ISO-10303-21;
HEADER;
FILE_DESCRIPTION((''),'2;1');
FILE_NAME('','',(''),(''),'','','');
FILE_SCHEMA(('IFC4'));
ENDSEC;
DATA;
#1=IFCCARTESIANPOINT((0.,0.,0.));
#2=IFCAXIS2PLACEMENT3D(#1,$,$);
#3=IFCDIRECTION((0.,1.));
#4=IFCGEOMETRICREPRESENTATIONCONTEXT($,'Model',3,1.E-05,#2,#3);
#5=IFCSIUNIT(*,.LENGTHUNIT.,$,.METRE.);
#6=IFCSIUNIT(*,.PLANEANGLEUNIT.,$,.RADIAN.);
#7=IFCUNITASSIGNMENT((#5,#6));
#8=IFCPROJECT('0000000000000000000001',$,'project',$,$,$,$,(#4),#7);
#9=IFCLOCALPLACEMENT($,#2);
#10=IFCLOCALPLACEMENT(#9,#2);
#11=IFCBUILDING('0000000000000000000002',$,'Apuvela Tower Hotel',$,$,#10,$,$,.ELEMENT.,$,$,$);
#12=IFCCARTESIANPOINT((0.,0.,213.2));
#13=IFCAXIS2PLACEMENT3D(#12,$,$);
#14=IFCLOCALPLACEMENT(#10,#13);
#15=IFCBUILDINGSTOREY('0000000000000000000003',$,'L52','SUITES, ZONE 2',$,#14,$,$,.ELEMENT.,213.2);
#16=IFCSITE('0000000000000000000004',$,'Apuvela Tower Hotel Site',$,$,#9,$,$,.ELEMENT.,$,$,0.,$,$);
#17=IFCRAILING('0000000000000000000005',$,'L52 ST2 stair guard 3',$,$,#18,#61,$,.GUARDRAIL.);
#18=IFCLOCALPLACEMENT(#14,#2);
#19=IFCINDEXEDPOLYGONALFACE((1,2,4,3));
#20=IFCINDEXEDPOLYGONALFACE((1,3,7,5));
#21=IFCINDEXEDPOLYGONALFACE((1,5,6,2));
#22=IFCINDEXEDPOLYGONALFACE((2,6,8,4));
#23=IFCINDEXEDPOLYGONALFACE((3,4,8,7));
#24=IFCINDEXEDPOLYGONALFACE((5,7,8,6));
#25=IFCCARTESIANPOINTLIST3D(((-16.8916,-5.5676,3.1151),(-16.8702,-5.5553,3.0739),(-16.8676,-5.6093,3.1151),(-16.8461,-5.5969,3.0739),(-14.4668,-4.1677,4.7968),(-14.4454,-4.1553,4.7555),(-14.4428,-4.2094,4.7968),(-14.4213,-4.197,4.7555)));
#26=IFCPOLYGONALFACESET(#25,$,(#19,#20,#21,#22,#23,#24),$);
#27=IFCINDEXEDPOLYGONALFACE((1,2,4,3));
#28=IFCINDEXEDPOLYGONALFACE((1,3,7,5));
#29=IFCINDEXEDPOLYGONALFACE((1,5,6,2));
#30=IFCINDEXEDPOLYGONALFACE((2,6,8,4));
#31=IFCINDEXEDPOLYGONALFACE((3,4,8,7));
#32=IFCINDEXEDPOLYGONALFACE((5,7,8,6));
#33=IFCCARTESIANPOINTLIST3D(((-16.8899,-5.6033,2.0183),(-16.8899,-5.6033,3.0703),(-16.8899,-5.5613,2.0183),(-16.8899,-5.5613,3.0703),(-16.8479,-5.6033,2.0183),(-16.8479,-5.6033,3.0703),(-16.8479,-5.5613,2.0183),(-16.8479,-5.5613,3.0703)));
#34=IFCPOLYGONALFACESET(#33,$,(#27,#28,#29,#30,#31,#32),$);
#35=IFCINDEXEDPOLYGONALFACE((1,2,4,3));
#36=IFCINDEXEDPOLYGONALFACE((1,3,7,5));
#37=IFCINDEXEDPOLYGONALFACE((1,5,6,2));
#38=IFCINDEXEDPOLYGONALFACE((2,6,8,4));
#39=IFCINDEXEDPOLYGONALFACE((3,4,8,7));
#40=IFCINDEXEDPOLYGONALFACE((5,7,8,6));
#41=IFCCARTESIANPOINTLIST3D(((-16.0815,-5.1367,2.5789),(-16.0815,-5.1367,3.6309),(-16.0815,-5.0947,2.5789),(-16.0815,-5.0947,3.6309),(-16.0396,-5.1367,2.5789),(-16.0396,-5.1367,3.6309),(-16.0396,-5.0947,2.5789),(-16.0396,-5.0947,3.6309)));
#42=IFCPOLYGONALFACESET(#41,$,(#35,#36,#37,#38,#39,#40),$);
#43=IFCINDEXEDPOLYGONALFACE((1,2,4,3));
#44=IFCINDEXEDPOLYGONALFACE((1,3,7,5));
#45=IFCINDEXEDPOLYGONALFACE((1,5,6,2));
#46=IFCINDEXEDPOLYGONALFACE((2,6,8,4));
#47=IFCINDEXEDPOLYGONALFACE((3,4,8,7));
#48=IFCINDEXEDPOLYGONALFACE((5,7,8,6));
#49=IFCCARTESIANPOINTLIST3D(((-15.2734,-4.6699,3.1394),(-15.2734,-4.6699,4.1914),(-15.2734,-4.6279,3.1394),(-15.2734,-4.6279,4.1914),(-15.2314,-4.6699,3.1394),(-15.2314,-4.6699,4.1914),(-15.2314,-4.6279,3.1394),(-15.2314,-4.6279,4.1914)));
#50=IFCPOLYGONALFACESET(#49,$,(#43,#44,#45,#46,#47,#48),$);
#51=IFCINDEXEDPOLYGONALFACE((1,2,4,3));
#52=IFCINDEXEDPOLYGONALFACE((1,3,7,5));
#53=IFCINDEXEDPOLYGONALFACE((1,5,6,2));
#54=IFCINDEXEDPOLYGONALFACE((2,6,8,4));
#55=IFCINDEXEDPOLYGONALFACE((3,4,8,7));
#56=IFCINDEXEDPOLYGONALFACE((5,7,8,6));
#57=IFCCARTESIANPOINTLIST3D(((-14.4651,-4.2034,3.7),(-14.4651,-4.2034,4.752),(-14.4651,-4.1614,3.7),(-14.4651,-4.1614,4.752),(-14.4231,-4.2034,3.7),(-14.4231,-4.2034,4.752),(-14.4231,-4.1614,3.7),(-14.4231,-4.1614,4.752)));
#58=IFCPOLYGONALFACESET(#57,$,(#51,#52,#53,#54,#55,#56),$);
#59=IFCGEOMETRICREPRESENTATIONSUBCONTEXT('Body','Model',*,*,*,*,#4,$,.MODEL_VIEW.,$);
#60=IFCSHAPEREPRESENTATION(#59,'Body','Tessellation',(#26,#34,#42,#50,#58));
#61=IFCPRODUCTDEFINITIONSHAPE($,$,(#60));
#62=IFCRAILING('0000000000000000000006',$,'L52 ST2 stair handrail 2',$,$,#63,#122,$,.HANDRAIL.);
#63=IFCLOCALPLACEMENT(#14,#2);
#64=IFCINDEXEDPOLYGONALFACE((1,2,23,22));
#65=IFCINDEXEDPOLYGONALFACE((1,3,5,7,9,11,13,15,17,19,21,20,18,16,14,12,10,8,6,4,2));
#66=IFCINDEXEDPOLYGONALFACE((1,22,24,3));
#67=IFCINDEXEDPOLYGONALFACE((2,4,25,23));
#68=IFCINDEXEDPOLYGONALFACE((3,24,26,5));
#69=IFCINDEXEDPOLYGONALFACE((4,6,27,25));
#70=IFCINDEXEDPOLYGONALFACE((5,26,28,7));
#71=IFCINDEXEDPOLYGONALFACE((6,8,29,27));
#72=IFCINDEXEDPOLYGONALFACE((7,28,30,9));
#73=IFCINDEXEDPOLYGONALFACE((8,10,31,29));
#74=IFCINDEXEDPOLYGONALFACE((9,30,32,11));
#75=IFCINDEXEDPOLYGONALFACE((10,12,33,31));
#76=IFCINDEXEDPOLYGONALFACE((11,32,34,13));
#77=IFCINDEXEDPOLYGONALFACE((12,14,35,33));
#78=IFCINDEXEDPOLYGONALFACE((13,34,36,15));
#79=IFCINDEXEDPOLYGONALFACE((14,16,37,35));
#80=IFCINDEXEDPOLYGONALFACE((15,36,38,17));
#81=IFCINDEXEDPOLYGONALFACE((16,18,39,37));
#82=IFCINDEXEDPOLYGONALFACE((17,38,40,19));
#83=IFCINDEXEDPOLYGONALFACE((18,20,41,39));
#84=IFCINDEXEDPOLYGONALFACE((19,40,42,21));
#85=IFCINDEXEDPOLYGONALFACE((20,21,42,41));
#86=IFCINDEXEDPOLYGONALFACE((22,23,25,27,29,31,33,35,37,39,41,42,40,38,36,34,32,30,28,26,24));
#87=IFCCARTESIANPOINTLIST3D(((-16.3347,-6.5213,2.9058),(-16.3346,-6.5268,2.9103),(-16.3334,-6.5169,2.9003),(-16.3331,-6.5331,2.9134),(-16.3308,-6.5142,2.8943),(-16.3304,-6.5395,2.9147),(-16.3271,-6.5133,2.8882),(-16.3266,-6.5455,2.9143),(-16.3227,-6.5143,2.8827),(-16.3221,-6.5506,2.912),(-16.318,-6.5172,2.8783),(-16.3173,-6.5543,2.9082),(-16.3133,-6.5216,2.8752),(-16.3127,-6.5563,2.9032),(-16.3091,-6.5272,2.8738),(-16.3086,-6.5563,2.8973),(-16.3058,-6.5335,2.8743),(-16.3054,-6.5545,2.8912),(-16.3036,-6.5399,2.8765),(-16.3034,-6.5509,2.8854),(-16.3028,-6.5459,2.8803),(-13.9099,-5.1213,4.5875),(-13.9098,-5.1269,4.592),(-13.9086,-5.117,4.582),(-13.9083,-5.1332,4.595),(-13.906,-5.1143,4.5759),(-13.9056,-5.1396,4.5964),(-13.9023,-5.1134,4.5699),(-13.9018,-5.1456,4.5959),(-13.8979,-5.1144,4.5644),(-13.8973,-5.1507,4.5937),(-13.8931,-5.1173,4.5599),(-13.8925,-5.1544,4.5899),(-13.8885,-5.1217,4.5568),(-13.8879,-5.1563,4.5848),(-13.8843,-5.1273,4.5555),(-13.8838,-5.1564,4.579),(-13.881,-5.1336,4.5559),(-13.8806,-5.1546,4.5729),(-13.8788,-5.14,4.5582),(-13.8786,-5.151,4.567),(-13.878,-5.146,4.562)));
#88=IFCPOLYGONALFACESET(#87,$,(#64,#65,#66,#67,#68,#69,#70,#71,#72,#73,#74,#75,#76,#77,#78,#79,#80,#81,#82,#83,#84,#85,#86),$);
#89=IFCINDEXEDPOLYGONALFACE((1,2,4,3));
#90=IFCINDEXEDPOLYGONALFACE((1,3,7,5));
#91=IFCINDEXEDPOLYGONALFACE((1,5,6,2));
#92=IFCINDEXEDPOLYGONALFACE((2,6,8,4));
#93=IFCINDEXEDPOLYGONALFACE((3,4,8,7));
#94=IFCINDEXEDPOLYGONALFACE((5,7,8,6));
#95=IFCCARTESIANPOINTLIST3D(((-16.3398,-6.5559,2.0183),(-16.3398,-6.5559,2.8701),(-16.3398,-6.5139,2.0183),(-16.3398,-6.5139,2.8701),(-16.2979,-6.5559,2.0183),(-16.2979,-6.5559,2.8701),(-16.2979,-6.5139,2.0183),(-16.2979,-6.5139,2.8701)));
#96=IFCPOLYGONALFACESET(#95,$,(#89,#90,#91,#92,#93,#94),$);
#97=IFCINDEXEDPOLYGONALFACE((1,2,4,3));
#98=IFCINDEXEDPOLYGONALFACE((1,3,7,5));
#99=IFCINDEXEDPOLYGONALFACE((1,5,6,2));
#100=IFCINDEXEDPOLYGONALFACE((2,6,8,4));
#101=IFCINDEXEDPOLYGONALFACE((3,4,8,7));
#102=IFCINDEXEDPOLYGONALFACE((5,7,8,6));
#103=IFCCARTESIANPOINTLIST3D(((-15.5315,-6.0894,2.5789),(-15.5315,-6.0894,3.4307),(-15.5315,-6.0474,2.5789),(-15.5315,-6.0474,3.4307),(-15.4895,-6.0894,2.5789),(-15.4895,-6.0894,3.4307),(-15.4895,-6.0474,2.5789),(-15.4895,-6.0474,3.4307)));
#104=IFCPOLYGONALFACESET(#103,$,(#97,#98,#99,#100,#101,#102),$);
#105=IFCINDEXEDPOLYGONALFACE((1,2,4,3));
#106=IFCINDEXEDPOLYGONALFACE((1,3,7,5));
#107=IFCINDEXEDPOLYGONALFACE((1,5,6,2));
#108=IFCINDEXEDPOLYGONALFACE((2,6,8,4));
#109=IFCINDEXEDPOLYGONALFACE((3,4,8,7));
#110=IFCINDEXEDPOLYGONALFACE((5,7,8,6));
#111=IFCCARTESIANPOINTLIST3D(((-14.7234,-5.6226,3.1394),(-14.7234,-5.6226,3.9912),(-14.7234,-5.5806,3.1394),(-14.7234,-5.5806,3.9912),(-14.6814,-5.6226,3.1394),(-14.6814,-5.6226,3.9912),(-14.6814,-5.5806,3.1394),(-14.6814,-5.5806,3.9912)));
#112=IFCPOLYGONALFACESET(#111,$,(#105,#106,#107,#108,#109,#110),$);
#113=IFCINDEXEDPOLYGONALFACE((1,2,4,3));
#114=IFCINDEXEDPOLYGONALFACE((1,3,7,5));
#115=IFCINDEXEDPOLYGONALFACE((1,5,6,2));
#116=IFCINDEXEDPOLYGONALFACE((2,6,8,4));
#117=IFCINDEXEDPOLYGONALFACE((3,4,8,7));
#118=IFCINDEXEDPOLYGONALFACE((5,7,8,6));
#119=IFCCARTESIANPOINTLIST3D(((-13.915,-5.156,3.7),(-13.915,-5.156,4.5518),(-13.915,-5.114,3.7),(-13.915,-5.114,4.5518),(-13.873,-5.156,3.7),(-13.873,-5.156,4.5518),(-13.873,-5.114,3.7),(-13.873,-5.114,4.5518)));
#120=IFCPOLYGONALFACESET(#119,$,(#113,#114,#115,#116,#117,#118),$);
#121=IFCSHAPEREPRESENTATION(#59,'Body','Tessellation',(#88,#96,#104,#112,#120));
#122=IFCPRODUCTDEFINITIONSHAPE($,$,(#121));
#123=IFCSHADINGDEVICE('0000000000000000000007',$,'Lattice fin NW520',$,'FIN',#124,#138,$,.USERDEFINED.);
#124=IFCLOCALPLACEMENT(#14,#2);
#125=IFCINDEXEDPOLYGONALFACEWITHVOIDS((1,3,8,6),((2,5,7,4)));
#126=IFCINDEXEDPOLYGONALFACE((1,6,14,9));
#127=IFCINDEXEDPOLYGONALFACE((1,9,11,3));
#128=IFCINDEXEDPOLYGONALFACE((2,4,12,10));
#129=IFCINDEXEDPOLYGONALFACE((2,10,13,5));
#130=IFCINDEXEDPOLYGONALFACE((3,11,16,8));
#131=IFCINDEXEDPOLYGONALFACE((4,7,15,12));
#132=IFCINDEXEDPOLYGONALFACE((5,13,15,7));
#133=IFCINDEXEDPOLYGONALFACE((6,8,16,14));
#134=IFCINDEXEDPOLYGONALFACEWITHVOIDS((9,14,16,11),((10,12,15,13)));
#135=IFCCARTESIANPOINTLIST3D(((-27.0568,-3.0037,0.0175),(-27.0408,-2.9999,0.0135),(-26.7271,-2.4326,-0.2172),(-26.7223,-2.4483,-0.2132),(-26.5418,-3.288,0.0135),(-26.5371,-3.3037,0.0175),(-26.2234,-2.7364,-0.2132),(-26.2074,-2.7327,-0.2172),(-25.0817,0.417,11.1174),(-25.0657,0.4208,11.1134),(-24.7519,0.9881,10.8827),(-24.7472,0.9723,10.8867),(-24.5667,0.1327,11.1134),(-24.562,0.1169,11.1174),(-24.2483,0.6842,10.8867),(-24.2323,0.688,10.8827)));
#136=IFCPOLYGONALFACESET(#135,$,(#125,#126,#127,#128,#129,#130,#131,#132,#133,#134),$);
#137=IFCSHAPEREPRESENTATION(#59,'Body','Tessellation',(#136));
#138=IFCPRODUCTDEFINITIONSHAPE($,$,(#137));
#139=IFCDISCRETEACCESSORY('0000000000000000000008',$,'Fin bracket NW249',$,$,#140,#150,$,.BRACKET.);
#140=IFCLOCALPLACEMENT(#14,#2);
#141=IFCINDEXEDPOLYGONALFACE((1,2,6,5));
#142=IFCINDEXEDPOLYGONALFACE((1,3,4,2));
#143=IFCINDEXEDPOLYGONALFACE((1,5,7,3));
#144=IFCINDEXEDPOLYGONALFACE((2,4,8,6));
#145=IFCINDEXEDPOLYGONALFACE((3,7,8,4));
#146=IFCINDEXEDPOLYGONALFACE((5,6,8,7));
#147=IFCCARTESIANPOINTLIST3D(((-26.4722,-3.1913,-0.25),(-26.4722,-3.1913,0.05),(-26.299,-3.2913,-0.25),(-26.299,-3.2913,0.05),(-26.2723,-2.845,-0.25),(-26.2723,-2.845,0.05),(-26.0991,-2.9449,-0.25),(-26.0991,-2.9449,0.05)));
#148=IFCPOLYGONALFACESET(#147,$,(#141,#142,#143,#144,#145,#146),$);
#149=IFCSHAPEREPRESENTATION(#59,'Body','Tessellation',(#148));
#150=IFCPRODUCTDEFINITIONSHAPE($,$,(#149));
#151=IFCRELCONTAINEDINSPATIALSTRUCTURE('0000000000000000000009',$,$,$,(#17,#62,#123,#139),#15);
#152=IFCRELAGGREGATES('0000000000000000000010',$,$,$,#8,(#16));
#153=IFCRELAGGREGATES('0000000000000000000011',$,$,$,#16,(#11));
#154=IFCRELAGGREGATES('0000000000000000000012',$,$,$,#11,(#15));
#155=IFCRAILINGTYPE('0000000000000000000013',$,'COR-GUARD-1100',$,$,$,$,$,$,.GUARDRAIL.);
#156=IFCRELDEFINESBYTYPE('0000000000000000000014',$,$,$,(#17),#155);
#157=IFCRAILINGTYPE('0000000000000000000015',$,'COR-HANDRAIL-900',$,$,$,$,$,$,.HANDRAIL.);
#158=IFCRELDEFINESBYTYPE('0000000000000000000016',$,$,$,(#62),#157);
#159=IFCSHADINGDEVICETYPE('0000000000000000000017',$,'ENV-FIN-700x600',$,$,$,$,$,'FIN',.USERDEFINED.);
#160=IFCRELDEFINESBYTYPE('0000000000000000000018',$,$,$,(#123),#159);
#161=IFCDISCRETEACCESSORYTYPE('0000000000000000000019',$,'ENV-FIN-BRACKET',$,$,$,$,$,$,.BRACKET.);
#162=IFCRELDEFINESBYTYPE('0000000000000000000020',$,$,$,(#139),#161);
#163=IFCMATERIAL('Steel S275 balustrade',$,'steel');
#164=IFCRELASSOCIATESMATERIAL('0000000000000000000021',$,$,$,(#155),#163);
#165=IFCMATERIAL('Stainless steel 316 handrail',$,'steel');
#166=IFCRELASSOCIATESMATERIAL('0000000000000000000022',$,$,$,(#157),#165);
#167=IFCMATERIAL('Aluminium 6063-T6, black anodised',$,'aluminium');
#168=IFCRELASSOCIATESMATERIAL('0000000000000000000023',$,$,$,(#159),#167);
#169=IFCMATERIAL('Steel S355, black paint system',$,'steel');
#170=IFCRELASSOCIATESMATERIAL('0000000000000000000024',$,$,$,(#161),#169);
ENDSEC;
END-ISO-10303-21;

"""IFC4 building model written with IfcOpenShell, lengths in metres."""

from ifc_helpers import new_model, si_unit, direction, frame, origin, origin_2d, place, context, subcontext, project, spatial, rectangle, hollow_rectangle, circle, extrude, material, material_profile, profile_set, type_object, element, save


model = new_model("IFC4")

# Units and contexts
model_context = context("Model", 3, precision=1e-05, world=origin(), true_north=direction((0.0, 1.0)))
body_context = subcontext(model_context, "Body", "Model", "MODEL_VIEW")
ifc_project = project(units=[si_unit("LENGTHUNIT", "METRE"), si_unit("PLANEANGLEUNIT", "RADIAN")], contexts=[model_context])

# Site, building, storey
site_placement = place(None, origin())
site = spatial("IfcSite", under=ifc_project, at=site_placement, Name="Apuvela Tower Hotel Site", CompositionType="ELEMENT", RefElevation=0.0)
building_placement = place(site_placement, origin())
building = spatial("IfcBuilding", under=site, at=building_placement, Name="Apuvela Tower Hotel", CompositionType="ELEMENT")
storey_placement = place(building_placement, frame((0.0, 0.0, 213.2)))
storey = spatial("IfcBuildingStorey", under=building, at=storey_placement, Name="L52", Description="SUITES, ZONE 2", CompositionType="ELEMENT", Elevation=213.2)

# Railings
ifc_material_1 = material(Name="Steel S275 balustrade", Category="steel")
railing_type_1 = type_object("IfcRailingType", Name="COR-GUARD-1100", PredefinedType="GUARDRAIL", material=ifc_material_1)
railing_1_placement = place(storey_placement, frame((-16.8689, -5.5823, 2.0183)))
element("IfcRailing", 1, at=railing_1_placement, inside=storey, type_object=railing_type_1, Name="L52 ST2 stair guard 3", PredefinedType="GUARDRAIL", context=body_context, shape_type="SweptSolid", body=[
    extrude(rectangle(XDim=0.0481, YDim=0.0481, at=origin_2d()), frame((0.0, 0.0, 1.0762), z_axis=(0.742419, 0.428618, 0.514879), x_axis=(-0.499984, 0.866035, 0.0)), (0.0, 0.0, 1.0), 3.2661),
    extrude(rectangle(XDim=0.042, YDim=0.042, at=origin_2d()), origin(), (0.0, 0.0, 1.0), 1.052),
    extrude(rectangle(XDim=0.042, YDim=0.042, at=origin_2d()), frame((0.8083, 0.4666, 0.5605)), (0.0, 0.0, 1.0), 1.052),
    extrude(rectangle(XDim=0.042, YDim=0.042, at=origin_2d()), frame((1.6165, 0.9333, 1.1211)), (0.0, 0.0, 1.0), 1.052),
    extrude(rectangle(XDim=0.042, YDim=0.042, at=origin_2d()), frame((2.4248, 1.3999, 1.6816)), (0.0, 0.0, 1.0), 1.052),
])
ifc_material_2 = material(Name="Stainless steel 316 handrail", Category="steel")
railing_type_2 = type_object("IfcRailingType", Name="COR-HANDRAIL-900", PredefinedType="HANDRAIL", material=ifc_material_2)
railing_2_placement = place(storey_placement, frame((-16.3188, -6.5349, 2.0183)))
element("IfcRailing", 2, at=railing_2_placement, inside=storey, type_object=railing_type_2, Name="L52 ST2 stair handrail 2", PredefinedType="HANDRAIL", context=body_context, shape_type="SweptSolid", body=[
    extrude(circle(Radius=0.0239, at=origin_2d()), frame((0.0, 0.0, 0.876), z_axis=(0.742419, 0.428618, 0.514879), x_axis=(-0.499984, 0.866035, 0.0)), (0.0, 0.0, 1.0), 3.2661),
    extrude(rectangle(XDim=0.042, YDim=0.042, at=origin_2d()), origin(), (0.0, 0.0, 1.0), 0.8518),
    extrude(rectangle(XDim=0.042, YDim=0.042, at=origin_2d()), frame((0.8083, 0.4666, 0.5605)), (0.0, 0.0, 1.0), 0.8518),
    extrude(rectangle(XDim=0.042, YDim=0.042, at=origin_2d()), frame((1.6165, 0.9333, 1.1211)), (0.0, 0.0, 1.0), 0.8518),
    extrude(rectangle(XDim=0.042, YDim=0.042, at=origin_2d()), frame((2.4248, 1.3999, 1.6816)), (0.0, 0.0, 1.0), 0.8518),
])

# Shading device
ifc_material_3 = material(Name="Aluminium 6063-T6, black anodised", Category="aluminium")
ifc_material_profile_1 = material_profile(ifc_material_3, hollow_rectangle(XDim=0.6001, YDim=0.7, WallThickness=0.012, at=origin_2d()), Name="AL BOX 700x600x12")
ifc_profile_set_1 = profile_set([ifc_material_profile_1], Name="Aluminium 6063-T6, black anodised")
shading_device_type = type_object("IfcShadingDeviceType", Name="ENV-FIN-700x600", ElementType="FIN", PredefinedType="USERDEFINED", material=ifc_profile_set_1)
shading_device_placement = place(storey_placement, frame((-26.6321, -2.8682, -0.0999), z_axis=(0.167641, 0.290336, 0.942126), x_axis=(-0.866005, 0.500035, 0.0)))
element("IfcShadingDevice", 3, at=shading_device_placement, inside=storey, type_object=shading_device_type, Name="Lattice fin NW520", ObjectType="FIN", PredefinedType="USERDEFINED", context=body_context, shape_type="SweptSolid", body=[
    extrude(hollow_rectangle(XDim=0.6001, YDim=0.7, WallThickness=0.012, at=origin_2d()), origin(), (0.0, 0.0, 1.0), 11.7817),
])

# Discrete accessory
ifc_material_4 = material(Name="Steel S355, black paint system", Category="steel")
discrete_accessory_type = type_object("IfcDiscreteAccessoryType", Name="ENV-FIN-BRACKET", PredefinedType="BRACKET", material=ifc_material_4)
discrete_accessory_placement = place(storey_placement, frame((-26.2856, -3.0681, -0.25), z_axis=(0.0, 0.0, 1.0), x_axis=(-0.5, -0.866025, 0.0)))
element("IfcDiscreteAccessory", 4, at=discrete_accessory_placement, inside=storey, type_object=discrete_accessory_type, Name="Fin bracket NW249", PredefinedType="BRACKET", context=body_context, shape_type="SweptSolid", body=[
    extrude(rectangle(XDim=0.3999, YDim=0.2, at=origin_2d()), origin(), (0.0, 0.0, 1.0), 0.3),
])

save(model, "model.ifc")
